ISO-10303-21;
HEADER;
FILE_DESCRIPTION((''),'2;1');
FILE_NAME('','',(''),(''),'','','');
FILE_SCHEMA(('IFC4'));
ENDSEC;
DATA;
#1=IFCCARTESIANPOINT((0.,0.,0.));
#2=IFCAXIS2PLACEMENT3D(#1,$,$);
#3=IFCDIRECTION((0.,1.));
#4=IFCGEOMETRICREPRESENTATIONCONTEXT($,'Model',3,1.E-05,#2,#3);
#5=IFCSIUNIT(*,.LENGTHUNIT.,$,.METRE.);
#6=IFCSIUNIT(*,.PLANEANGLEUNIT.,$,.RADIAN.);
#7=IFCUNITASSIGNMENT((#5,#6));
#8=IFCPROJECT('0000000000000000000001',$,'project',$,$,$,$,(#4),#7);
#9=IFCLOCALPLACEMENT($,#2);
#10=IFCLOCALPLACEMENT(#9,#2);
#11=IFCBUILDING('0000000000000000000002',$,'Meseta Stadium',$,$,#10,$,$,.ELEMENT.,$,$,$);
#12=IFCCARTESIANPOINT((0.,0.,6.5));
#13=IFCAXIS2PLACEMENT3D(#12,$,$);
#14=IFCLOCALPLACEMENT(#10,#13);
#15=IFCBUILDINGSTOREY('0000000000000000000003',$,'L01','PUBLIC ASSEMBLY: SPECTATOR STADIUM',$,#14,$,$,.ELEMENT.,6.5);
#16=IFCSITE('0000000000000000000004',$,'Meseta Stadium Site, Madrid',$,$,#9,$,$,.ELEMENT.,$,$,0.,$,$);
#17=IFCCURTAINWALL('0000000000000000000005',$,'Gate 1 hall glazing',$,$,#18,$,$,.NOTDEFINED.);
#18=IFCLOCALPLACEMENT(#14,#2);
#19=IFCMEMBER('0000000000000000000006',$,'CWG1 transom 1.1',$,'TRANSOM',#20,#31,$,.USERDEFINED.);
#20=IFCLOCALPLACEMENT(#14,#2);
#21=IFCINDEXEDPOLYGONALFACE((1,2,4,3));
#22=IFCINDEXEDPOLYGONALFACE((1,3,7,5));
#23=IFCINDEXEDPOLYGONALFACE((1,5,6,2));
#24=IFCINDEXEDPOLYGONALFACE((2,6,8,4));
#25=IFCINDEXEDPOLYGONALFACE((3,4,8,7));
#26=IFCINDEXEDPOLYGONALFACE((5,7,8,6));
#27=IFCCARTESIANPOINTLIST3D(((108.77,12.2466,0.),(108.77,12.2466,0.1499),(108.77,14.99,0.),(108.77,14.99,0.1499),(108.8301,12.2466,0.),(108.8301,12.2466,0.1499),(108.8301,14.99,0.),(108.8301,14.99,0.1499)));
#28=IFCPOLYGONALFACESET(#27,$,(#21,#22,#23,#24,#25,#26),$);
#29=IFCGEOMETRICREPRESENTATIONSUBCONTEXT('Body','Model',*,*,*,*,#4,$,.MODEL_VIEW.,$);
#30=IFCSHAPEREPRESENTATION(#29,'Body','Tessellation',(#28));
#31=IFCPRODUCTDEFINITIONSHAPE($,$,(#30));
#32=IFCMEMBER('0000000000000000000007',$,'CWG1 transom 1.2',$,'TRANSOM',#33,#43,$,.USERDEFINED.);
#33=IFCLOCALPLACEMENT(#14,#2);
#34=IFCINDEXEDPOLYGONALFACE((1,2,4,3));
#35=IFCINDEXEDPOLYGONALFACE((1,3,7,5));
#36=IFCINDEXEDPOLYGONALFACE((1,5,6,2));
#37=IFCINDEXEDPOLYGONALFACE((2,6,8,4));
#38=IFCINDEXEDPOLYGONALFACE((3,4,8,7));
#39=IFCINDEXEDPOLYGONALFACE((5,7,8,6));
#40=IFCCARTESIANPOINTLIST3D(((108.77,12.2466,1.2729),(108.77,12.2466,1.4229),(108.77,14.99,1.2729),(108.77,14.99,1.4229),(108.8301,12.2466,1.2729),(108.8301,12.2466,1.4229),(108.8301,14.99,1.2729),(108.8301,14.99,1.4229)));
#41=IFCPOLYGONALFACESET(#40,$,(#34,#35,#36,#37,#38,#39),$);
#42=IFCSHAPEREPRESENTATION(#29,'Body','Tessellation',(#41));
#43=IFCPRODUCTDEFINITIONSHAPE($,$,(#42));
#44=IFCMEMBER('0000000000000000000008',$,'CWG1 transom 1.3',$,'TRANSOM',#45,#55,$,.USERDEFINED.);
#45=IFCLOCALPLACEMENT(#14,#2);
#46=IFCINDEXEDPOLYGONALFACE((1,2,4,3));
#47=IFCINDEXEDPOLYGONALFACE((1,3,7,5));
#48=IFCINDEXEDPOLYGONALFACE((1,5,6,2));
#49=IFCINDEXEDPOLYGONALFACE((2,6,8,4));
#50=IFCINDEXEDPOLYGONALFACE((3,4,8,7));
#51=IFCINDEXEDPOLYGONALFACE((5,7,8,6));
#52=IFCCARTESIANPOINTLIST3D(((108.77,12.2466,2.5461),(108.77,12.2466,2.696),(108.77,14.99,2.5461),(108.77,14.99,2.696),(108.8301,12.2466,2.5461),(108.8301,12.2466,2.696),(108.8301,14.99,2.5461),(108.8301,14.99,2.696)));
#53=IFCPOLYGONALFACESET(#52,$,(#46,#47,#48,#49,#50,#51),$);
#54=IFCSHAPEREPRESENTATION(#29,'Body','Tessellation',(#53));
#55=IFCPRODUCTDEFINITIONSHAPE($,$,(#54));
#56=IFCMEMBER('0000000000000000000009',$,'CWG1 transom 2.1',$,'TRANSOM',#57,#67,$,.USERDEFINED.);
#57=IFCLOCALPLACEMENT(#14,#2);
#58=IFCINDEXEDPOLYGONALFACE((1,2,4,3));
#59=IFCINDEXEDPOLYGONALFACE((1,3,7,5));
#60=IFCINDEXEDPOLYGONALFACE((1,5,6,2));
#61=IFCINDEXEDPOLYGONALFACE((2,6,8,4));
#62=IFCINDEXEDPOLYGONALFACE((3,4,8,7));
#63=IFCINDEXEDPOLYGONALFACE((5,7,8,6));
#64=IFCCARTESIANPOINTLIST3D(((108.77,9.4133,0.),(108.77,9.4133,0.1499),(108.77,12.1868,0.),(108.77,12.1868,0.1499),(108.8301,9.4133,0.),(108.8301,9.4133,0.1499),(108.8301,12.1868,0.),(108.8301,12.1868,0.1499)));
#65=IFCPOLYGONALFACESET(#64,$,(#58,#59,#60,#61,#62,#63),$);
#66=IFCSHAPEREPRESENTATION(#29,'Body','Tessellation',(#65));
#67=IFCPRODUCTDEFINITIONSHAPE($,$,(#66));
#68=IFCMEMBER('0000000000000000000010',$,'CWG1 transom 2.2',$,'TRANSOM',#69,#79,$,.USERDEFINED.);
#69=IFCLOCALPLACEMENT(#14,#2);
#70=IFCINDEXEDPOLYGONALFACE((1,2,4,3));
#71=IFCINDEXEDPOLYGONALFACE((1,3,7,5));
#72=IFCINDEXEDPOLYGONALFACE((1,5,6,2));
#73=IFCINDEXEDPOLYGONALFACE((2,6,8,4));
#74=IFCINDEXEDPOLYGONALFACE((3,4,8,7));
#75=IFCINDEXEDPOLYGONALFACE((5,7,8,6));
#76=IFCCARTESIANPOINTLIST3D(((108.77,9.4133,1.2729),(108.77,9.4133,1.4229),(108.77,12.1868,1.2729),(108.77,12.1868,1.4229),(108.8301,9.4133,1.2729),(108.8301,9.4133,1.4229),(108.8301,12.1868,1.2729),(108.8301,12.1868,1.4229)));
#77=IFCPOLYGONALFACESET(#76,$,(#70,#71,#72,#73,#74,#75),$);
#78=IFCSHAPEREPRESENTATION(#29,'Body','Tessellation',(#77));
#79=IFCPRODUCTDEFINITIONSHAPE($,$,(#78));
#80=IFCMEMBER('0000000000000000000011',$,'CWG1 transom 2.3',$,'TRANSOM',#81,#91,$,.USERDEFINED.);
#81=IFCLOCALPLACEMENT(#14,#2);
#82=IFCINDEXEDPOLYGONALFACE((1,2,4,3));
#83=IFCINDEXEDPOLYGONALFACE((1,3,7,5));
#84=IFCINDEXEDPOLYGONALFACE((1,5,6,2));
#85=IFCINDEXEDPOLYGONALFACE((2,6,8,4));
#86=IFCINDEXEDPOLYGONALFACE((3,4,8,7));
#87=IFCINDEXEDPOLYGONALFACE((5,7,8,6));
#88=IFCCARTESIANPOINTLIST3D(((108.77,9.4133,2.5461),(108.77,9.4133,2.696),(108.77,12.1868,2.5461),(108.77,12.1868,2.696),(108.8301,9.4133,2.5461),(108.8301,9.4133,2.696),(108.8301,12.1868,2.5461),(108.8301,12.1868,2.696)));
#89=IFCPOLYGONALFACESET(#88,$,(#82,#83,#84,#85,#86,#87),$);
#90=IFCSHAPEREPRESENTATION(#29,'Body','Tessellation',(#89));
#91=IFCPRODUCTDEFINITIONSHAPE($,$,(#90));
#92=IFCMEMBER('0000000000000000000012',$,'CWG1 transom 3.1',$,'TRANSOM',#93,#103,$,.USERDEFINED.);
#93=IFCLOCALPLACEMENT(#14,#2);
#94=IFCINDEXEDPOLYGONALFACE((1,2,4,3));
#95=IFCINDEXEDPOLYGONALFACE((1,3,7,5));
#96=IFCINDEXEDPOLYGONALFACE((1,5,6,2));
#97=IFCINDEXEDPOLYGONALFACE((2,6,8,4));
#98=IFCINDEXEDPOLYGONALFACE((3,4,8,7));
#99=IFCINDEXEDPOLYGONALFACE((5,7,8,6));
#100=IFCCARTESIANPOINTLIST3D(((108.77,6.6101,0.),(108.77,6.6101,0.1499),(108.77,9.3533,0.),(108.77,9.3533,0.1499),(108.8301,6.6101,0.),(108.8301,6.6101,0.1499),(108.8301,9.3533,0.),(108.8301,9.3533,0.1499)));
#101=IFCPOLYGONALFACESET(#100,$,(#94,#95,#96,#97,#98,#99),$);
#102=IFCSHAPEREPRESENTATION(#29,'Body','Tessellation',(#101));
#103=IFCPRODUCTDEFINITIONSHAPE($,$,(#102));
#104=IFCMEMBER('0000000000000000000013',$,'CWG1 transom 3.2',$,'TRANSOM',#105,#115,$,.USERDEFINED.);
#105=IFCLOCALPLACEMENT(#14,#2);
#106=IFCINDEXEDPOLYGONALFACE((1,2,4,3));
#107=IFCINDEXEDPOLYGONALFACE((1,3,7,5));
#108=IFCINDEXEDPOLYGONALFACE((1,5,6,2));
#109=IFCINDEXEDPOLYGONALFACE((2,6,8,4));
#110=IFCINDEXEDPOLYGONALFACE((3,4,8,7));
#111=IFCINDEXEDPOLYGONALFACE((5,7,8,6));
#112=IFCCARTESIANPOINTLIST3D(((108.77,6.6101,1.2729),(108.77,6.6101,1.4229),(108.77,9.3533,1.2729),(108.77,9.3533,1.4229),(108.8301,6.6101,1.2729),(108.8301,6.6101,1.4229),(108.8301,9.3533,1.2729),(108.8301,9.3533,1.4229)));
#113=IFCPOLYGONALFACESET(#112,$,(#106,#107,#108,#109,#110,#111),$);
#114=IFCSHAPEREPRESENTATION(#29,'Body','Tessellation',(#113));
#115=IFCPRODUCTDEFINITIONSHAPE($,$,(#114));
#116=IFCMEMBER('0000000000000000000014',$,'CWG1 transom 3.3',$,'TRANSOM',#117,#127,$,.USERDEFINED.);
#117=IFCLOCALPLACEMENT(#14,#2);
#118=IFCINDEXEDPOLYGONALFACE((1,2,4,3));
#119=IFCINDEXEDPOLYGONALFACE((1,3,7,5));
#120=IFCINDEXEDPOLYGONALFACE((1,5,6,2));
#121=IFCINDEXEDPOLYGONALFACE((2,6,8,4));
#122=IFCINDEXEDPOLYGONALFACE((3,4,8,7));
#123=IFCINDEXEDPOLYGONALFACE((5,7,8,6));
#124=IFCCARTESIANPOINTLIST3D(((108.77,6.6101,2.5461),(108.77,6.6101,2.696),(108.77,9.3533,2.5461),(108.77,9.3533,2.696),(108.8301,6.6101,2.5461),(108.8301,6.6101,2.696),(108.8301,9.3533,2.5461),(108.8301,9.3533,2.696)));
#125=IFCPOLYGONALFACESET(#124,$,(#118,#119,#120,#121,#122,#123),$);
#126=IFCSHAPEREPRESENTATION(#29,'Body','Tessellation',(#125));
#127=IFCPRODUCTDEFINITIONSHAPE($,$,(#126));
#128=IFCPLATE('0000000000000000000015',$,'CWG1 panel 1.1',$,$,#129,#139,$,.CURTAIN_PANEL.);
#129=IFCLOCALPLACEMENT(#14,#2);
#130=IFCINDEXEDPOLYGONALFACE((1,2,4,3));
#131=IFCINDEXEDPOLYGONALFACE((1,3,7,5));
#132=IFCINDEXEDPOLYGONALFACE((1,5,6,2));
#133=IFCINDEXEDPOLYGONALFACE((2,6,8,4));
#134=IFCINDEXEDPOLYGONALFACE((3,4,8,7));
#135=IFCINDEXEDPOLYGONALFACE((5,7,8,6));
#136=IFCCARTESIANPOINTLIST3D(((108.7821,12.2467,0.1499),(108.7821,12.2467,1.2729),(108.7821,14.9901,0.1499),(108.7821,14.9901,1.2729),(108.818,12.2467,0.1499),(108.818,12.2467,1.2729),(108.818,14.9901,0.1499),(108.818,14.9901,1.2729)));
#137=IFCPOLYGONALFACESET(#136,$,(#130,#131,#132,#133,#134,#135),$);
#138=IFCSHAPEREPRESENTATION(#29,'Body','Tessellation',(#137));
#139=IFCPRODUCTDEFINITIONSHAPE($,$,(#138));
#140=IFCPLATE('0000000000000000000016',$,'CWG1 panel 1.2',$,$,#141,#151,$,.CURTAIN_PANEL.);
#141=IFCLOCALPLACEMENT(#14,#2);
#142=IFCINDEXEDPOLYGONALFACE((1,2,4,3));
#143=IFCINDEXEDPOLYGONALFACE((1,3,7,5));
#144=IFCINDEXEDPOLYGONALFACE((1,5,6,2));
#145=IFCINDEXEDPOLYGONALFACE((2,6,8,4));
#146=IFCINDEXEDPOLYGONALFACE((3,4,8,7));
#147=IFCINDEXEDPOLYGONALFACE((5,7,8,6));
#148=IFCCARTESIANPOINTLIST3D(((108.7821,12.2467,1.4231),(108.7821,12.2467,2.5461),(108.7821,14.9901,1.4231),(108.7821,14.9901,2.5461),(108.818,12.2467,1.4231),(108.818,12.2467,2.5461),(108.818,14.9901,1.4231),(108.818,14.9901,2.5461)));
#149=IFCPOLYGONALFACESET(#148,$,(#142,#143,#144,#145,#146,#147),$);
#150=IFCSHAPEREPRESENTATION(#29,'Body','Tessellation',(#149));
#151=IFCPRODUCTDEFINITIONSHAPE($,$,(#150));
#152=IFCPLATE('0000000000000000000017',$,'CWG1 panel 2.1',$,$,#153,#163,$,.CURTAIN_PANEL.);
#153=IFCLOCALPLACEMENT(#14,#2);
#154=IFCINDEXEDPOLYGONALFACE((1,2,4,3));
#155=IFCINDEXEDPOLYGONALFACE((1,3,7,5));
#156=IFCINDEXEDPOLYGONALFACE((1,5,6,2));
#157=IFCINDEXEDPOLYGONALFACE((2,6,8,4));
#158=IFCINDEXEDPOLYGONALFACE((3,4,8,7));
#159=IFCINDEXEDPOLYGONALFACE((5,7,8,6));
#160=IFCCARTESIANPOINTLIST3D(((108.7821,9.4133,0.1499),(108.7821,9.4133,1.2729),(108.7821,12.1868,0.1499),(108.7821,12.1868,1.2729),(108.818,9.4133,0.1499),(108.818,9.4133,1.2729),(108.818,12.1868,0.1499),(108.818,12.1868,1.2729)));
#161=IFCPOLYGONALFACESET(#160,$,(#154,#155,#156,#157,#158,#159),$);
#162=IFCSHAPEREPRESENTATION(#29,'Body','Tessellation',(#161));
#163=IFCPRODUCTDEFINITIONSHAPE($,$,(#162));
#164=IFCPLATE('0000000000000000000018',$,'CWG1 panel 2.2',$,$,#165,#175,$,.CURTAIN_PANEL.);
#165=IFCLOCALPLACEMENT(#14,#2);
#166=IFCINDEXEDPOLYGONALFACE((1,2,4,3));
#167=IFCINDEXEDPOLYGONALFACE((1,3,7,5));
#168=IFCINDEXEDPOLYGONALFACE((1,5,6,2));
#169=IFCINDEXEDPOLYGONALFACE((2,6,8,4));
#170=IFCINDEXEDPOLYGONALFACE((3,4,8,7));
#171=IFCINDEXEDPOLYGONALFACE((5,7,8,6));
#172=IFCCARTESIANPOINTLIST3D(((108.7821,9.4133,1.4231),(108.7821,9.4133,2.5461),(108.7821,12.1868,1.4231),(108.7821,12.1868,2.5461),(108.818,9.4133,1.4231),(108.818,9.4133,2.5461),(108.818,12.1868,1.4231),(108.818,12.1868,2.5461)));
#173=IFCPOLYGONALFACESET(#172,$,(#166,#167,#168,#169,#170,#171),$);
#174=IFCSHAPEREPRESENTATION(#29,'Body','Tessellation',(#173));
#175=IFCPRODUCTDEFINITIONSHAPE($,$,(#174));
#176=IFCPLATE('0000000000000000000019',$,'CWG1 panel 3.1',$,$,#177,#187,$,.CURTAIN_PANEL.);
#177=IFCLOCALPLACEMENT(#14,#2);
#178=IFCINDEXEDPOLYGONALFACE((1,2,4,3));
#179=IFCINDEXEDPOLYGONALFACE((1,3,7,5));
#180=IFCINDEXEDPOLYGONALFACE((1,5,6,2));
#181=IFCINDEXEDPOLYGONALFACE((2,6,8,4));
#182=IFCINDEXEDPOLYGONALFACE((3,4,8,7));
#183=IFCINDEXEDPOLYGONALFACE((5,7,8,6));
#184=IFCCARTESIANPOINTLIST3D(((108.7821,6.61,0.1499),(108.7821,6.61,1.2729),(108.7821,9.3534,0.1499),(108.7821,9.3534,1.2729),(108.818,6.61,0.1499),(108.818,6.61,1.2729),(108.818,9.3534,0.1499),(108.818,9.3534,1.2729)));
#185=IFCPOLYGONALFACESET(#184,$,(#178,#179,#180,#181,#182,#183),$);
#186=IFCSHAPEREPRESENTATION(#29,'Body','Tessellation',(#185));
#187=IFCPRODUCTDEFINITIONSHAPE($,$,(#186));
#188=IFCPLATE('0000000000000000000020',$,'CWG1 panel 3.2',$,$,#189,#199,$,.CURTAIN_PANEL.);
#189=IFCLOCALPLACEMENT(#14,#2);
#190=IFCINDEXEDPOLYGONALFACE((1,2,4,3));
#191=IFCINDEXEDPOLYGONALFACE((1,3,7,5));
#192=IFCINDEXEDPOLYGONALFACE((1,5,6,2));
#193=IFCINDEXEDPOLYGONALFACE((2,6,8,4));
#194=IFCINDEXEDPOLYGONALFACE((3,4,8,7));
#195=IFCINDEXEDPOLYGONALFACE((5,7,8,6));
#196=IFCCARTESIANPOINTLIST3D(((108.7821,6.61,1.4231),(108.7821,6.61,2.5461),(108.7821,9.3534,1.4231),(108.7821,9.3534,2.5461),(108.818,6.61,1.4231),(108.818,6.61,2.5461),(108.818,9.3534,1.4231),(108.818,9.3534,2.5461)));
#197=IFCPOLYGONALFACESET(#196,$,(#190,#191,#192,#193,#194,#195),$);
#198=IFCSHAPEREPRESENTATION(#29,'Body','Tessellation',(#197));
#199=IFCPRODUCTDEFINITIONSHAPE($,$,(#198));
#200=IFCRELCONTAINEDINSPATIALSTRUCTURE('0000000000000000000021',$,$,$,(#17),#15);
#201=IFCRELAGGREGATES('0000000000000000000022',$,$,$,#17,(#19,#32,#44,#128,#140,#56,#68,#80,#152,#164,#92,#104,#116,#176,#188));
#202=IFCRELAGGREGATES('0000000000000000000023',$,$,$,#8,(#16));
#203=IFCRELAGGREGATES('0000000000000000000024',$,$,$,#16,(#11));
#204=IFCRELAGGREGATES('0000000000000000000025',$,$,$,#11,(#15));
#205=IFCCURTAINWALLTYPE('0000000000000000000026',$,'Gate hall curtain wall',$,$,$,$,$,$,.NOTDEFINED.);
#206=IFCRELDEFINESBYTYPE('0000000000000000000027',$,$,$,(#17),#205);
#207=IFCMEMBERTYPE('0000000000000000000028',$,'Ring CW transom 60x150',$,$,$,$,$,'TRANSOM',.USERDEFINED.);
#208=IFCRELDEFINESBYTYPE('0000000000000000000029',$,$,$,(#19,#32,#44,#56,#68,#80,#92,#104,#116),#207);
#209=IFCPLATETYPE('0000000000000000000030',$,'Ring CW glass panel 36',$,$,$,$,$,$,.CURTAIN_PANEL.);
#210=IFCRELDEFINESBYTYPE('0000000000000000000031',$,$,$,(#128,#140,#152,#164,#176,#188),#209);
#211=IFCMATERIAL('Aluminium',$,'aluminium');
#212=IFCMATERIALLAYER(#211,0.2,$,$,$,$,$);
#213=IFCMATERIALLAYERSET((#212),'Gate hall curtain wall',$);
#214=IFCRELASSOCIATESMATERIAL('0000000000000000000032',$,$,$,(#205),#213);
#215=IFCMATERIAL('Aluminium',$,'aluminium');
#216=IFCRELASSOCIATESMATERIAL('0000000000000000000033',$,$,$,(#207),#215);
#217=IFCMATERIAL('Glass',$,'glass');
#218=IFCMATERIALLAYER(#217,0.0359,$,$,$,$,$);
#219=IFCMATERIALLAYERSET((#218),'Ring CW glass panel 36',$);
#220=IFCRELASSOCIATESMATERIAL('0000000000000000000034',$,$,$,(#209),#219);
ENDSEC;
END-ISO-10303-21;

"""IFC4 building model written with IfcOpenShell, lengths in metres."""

from ifc_helpers import new_model, si_unit, direction, frame, origin, origin_2d, place, context, subcontext, project, spatial, rectangle, extrude, material, layer, layer_set, material_profile, profile_set, type_object, element, aggregate, save


model = new_model("IFC4")

# Units and contexts
model_context = context("Model", 3, precision=1e-05, world=origin(), true_north=direction((0.0, 1.0)))
body_context = subcontext(model_context, "Body", "Model", "MODEL_VIEW")
ifc_project = project(units=[si_unit("LENGTHUNIT", "METRE"), si_unit("PLANEANGLEUNIT", "RADIAN")], contexts=[model_context])

# Site, building, storey
site_placement = place(None, origin())
site = spatial("IfcSite", under=ifc_project, at=site_placement, Name="Meseta Stadium Site, Madrid", CompositionType="ELEMENT", RefElevation=0.0)
building_placement = place(site_placement, origin())
building = spatial("IfcBuilding", under=site, at=building_placement, Name="Meseta Stadium", CompositionType="ELEMENT")
storey_placement = place(building_placement, frame((0.0, 0.0, 6.5)))
storey = spatial("IfcBuildingStorey", under=building, at=storey_placement, Name="L01", Description="PUBLIC ASSEMBLY: SPECTATOR STADIUM", CompositionType="ELEMENT", Elevation=6.5)

# Curtain wall, members, plates
ifc_material_1 = material(Name="Aluminium", Category="aluminium")
ifc_layer_1 = layer(ifc_material_1, 0.2)
ifc_layer_set_1 = layer_set([ifc_layer_1], Name="Gate hall curtain wall")
curtain_wall_type = type_object("IfcCurtainWallType", Name="Gate hall curtain wall", PredefinedType="NOTDEFINED", material=ifc_layer_set_1)
curtain_wall_placement = place(storey_placement, origin())
curtain_wall = element("IfcCurtainWall", 1, at=curtain_wall_placement, inside=storey, type_object=curtain_wall_type, Name="Gate 1 hall glazing", PredefinedType="NOTDEFINED")
ifc_material_2 = material(Name="Aluminium", Category="aluminium")
ifc_material_profile_1 = material_profile(ifc_material_2, rectangle(XDim=0.0601, YDim=0.1499, at=origin_2d()), Name="CW 60x150")
ifc_profile_set_1 = profile_set([ifc_material_profile_1], Name="Aluminium")
member_type_1 = type_object("IfcMemberType", Name="Ring CW transom 60x150", ElementType="TRANSOM", PredefinedType="USERDEFINED", material=ifc_profile_set_1)
member_1_placement = place(storey_placement, frame((108.8, 14.99, 0.075), z_axis=(0.0, -1.0, 0.0), x_axis=(1.0, 0.0, 0.0)))
member_1 = element("IfcMember", 2, at=member_1_placement, type_object=member_type_1, Name="CWG1 transom 1.1", ObjectType="TRANSOM", PredefinedType="USERDEFINED", context=body_context, shape_type="SweptSolid", body=[
    extrude(rectangle(XDim=0.0601, YDim=0.1499, at=origin_2d()), origin(), (0.0, 0.0, 1.0), 2.7434),
])
member_2_placement = place(storey_placement, frame((108.8, 14.99, 1.3479), z_axis=(0.0, -1.0, 0.0), x_axis=(1.0, 0.0, 0.0)))
member_2 = element("IfcMember", 3, at=member_2_placement, type_object=member_type_1, Name="CWG1 transom 1.2", ObjectType="TRANSOM", PredefinedType="USERDEFINED", context=body_context, shape_type="SweptSolid", body=[
    extrude(rectangle(XDim=0.0601, YDim=0.1499, at=origin_2d()), origin(), (0.0, 0.0, 1.0), 2.7434),
])
member_3_placement = place(storey_placement, frame((108.8, 14.99, 2.6211), z_axis=(0.0, -1.0, 0.0), x_axis=(1.0, 0.0, 0.0)))
member_3 = element("IfcMember", 4, at=member_3_placement, type_object=member_type_1, Name="CWG1 transom 1.3", ObjectType="TRANSOM", PredefinedType="USERDEFINED", context=body_context, shape_type="SweptSolid", body=[
    extrude(rectangle(XDim=0.0601, YDim=0.1499, at=origin_2d()), origin(), (0.0, 0.0, 1.0), 2.7434),
])
member_4_placement = place(storey_placement, frame((108.8, 12.1868, 0.075), z_axis=(0.0, -1.0, 0.0), x_axis=(1.0, 0.0, 0.0)))
member_4 = element("IfcMember", 5, at=member_4_placement, type_object=member_type_1, Name="CWG1 transom 2.1", ObjectType="TRANSOM", PredefinedType="USERDEFINED", context=body_context, shape_type="SweptSolid", body=[
    extrude(rectangle(XDim=0.0601, YDim=0.1499, at=origin_2d()), origin(), (0.0, 0.0, 1.0), 2.7734),
])
member_5_placement = place(storey_placement, frame((108.8, 12.1868, 1.3479), z_axis=(0.0, -1.0, 0.0), x_axis=(1.0, 0.0, 0.0)))
member_5 = element("IfcMember", 6, at=member_5_placement, type_object=member_type_1, Name="CWG1 transom 2.2", ObjectType="TRANSOM", PredefinedType="USERDEFINED", context=body_context, shape_type="SweptSolid", body=[
    extrude(rectangle(XDim=0.0601, YDim=0.1499, at=origin_2d()), origin(), (0.0, 0.0, 1.0), 2.7734),
])
member_6_placement = place(storey_placement, frame((108.8, 12.1868, 2.6211), z_axis=(0.0, -1.0, 0.0), x_axis=(1.0, 0.0, 0.0)))
member_6 = element("IfcMember", 7, at=member_6_placement, type_object=member_type_1, Name="CWG1 transom 2.3", ObjectType="TRANSOM", PredefinedType="USERDEFINED", context=body_context, shape_type="SweptSolid", body=[
    extrude(rectangle(XDim=0.0601, YDim=0.1499, at=origin_2d()), origin(), (0.0, 0.0, 1.0), 2.7734),
])
member_7_placement = place(storey_placement, frame((108.8, 9.3533, 0.075), z_axis=(0.0, -1.0, 0.0), x_axis=(1.0, 0.0, 0.0)))
member_7 = element("IfcMember", 8, at=member_7_placement, type_object=member_type_1, Name="CWG1 transom 3.1", ObjectType="TRANSOM", PredefinedType="USERDEFINED", context=body_context, shape_type="SweptSolid", body=[
    extrude(rectangle(XDim=0.0601, YDim=0.1499, at=origin_2d()), origin(), (0.0, 0.0, 1.0), 2.7432),
])
member_8_placement = place(storey_placement, frame((108.8, 9.3533, 1.3479), z_axis=(0.0, -1.0, 0.0), x_axis=(1.0, 0.0, 0.0)))
member_8 = element("IfcMember", 9, at=member_8_placement, type_object=member_type_1, Name="CWG1 transom 3.2", ObjectType="TRANSOM", PredefinedType="USERDEFINED", context=body_context, shape_type="SweptSolid", body=[
    extrude(rectangle(XDim=0.0601, YDim=0.1499, at=origin_2d()), origin(), (0.0, 0.0, 1.0), 2.7432),
])
member_9_placement = place(storey_placement, frame((108.8, 9.3533, 2.6211), z_axis=(0.0, -1.0, 0.0), x_axis=(1.0, 0.0, 0.0)))
member_9 = element("IfcMember", 10, at=member_9_placement, type_object=member_type_1, Name="CWG1 transom 3.3", ObjectType="TRANSOM", PredefinedType="USERDEFINED", context=body_context, shape_type="SweptSolid", body=[
    extrude(rectangle(XDim=0.0601, YDim=0.1499, at=origin_2d()), origin(), (0.0, 0.0, 1.0), 2.7432),
])
ifc_material_3 = material(Name="Glass", Category="glass")
ifc_layer_2 = layer(ifc_material_3, 0.0359)
ifc_layer_set_2 = layer_set([ifc_layer_2], Name="Ring CW glass panel 36")
plate_type = type_object("IfcPlateType", Name="Ring CW glass panel 36", PredefinedType="CURTAIN_PANEL", material=ifc_layer_set_2)
plate_1_placement = place(storey_placement, frame((108.8, 13.6184, 0.1499), z_axis=(0.0, 0.0, 1.0), x_axis=(0.0, -1.0, 0.0)))
plate_1 = element("IfcPlate", 11, at=plate_1_placement, type_object=plate_type, Name="CWG1 panel 1.1", PredefinedType="CURTAIN_PANEL", context=body_context, shape_type="SweptSolid", body=[
    extrude(rectangle(XDim=2.7434, YDim=0.0359, at=origin_2d()), origin(), (0.0, 0.0, 1.0), 1.123),
])
plate_2_placement = place(storey_placement, frame((108.8, 13.6184, 1.4231), z_axis=(0.0, 0.0, 1.0), x_axis=(0.0, -1.0, 0.0)))
plate_2 = element("IfcPlate", 12, at=plate_2_placement, type_object=plate_type, Name="CWG1 panel 1.2", PredefinedType="CURTAIN_PANEL", context=body_context, shape_type="SweptSolid", body=[
    extrude(rectangle(XDim=2.7434, YDim=0.0359, at=origin_2d()), origin(), (0.0, 0.0, 1.0), 1.123),
])
plate_3_placement = place(storey_placement, frame((108.8, 10.8, 0.1499), z_axis=(0.0, 0.0, 1.0), x_axis=(0.0, -1.0, 0.0)))
plate_3 = element("IfcPlate", 13, at=plate_3_placement, type_object=plate_type, Name="CWG1 panel 2.1", PredefinedType="CURTAIN_PANEL", context=body_context, shape_type="SweptSolid", body=[
    extrude(rectangle(XDim=2.7734, YDim=0.0359, at=origin_2d()), origin(), (0.0, 0.0, 1.0), 1.123),
])
plate_4_placement = place(storey_placement, frame((108.8, 10.8, 1.4231), z_axis=(0.0, 0.0, 1.0), x_axis=(0.0, -1.0, 0.0)))
plate_4 = element("IfcPlate", 14, at=plate_4_placement, type_object=plate_type, Name="CWG1 panel 2.2", PredefinedType="CURTAIN_PANEL", context=body_context, shape_type="SweptSolid", body=[
    extrude(rectangle(XDim=2.7734, YDim=0.0359, at=origin_2d()), origin(), (0.0, 0.0, 1.0), 1.123),
])
plate_5_placement = place(storey_placement, frame((108.8, 7.9817, 0.1499), z_axis=(0.0, 0.0, 1.0), x_axis=(0.0, -1.0, 0.0)))
plate_5 = element("IfcPlate", 15, at=plate_5_placement, type_object=plate_type, Name="CWG1 panel 3.1", PredefinedType="CURTAIN_PANEL", context=body_context, shape_type="SweptSolid", body=[
    extrude(rectangle(XDim=2.7434, YDim=0.0359, at=origin_2d()), origin(), (0.0, 0.0, 1.0), 1.123),
])
plate_6_placement = place(storey_placement, frame((108.8, 7.9817, 1.4231), z_axis=(0.0, 0.0, 1.0), x_axis=(0.0, -1.0, 0.0)))
plate_6 = element("IfcPlate", 16, at=plate_6_placement, type_object=plate_type, Name="CWG1 panel 3.2", PredefinedType="CURTAIN_PANEL", context=body_context, shape_type="SweptSolid", body=[
    extrude(rectangle(XDim=2.7434, YDim=0.0359, at=origin_2d()), origin(), (0.0, 0.0, 1.0), 1.123),
])
aggregate(curtain_wall, [member_1, member_2, member_3, plate_1, plate_2, member_4, member_5, member_6, plate_3, plate_4, member_7, member_8, member_9, plate_5, plate_6])

save(model, "model.ifc")
